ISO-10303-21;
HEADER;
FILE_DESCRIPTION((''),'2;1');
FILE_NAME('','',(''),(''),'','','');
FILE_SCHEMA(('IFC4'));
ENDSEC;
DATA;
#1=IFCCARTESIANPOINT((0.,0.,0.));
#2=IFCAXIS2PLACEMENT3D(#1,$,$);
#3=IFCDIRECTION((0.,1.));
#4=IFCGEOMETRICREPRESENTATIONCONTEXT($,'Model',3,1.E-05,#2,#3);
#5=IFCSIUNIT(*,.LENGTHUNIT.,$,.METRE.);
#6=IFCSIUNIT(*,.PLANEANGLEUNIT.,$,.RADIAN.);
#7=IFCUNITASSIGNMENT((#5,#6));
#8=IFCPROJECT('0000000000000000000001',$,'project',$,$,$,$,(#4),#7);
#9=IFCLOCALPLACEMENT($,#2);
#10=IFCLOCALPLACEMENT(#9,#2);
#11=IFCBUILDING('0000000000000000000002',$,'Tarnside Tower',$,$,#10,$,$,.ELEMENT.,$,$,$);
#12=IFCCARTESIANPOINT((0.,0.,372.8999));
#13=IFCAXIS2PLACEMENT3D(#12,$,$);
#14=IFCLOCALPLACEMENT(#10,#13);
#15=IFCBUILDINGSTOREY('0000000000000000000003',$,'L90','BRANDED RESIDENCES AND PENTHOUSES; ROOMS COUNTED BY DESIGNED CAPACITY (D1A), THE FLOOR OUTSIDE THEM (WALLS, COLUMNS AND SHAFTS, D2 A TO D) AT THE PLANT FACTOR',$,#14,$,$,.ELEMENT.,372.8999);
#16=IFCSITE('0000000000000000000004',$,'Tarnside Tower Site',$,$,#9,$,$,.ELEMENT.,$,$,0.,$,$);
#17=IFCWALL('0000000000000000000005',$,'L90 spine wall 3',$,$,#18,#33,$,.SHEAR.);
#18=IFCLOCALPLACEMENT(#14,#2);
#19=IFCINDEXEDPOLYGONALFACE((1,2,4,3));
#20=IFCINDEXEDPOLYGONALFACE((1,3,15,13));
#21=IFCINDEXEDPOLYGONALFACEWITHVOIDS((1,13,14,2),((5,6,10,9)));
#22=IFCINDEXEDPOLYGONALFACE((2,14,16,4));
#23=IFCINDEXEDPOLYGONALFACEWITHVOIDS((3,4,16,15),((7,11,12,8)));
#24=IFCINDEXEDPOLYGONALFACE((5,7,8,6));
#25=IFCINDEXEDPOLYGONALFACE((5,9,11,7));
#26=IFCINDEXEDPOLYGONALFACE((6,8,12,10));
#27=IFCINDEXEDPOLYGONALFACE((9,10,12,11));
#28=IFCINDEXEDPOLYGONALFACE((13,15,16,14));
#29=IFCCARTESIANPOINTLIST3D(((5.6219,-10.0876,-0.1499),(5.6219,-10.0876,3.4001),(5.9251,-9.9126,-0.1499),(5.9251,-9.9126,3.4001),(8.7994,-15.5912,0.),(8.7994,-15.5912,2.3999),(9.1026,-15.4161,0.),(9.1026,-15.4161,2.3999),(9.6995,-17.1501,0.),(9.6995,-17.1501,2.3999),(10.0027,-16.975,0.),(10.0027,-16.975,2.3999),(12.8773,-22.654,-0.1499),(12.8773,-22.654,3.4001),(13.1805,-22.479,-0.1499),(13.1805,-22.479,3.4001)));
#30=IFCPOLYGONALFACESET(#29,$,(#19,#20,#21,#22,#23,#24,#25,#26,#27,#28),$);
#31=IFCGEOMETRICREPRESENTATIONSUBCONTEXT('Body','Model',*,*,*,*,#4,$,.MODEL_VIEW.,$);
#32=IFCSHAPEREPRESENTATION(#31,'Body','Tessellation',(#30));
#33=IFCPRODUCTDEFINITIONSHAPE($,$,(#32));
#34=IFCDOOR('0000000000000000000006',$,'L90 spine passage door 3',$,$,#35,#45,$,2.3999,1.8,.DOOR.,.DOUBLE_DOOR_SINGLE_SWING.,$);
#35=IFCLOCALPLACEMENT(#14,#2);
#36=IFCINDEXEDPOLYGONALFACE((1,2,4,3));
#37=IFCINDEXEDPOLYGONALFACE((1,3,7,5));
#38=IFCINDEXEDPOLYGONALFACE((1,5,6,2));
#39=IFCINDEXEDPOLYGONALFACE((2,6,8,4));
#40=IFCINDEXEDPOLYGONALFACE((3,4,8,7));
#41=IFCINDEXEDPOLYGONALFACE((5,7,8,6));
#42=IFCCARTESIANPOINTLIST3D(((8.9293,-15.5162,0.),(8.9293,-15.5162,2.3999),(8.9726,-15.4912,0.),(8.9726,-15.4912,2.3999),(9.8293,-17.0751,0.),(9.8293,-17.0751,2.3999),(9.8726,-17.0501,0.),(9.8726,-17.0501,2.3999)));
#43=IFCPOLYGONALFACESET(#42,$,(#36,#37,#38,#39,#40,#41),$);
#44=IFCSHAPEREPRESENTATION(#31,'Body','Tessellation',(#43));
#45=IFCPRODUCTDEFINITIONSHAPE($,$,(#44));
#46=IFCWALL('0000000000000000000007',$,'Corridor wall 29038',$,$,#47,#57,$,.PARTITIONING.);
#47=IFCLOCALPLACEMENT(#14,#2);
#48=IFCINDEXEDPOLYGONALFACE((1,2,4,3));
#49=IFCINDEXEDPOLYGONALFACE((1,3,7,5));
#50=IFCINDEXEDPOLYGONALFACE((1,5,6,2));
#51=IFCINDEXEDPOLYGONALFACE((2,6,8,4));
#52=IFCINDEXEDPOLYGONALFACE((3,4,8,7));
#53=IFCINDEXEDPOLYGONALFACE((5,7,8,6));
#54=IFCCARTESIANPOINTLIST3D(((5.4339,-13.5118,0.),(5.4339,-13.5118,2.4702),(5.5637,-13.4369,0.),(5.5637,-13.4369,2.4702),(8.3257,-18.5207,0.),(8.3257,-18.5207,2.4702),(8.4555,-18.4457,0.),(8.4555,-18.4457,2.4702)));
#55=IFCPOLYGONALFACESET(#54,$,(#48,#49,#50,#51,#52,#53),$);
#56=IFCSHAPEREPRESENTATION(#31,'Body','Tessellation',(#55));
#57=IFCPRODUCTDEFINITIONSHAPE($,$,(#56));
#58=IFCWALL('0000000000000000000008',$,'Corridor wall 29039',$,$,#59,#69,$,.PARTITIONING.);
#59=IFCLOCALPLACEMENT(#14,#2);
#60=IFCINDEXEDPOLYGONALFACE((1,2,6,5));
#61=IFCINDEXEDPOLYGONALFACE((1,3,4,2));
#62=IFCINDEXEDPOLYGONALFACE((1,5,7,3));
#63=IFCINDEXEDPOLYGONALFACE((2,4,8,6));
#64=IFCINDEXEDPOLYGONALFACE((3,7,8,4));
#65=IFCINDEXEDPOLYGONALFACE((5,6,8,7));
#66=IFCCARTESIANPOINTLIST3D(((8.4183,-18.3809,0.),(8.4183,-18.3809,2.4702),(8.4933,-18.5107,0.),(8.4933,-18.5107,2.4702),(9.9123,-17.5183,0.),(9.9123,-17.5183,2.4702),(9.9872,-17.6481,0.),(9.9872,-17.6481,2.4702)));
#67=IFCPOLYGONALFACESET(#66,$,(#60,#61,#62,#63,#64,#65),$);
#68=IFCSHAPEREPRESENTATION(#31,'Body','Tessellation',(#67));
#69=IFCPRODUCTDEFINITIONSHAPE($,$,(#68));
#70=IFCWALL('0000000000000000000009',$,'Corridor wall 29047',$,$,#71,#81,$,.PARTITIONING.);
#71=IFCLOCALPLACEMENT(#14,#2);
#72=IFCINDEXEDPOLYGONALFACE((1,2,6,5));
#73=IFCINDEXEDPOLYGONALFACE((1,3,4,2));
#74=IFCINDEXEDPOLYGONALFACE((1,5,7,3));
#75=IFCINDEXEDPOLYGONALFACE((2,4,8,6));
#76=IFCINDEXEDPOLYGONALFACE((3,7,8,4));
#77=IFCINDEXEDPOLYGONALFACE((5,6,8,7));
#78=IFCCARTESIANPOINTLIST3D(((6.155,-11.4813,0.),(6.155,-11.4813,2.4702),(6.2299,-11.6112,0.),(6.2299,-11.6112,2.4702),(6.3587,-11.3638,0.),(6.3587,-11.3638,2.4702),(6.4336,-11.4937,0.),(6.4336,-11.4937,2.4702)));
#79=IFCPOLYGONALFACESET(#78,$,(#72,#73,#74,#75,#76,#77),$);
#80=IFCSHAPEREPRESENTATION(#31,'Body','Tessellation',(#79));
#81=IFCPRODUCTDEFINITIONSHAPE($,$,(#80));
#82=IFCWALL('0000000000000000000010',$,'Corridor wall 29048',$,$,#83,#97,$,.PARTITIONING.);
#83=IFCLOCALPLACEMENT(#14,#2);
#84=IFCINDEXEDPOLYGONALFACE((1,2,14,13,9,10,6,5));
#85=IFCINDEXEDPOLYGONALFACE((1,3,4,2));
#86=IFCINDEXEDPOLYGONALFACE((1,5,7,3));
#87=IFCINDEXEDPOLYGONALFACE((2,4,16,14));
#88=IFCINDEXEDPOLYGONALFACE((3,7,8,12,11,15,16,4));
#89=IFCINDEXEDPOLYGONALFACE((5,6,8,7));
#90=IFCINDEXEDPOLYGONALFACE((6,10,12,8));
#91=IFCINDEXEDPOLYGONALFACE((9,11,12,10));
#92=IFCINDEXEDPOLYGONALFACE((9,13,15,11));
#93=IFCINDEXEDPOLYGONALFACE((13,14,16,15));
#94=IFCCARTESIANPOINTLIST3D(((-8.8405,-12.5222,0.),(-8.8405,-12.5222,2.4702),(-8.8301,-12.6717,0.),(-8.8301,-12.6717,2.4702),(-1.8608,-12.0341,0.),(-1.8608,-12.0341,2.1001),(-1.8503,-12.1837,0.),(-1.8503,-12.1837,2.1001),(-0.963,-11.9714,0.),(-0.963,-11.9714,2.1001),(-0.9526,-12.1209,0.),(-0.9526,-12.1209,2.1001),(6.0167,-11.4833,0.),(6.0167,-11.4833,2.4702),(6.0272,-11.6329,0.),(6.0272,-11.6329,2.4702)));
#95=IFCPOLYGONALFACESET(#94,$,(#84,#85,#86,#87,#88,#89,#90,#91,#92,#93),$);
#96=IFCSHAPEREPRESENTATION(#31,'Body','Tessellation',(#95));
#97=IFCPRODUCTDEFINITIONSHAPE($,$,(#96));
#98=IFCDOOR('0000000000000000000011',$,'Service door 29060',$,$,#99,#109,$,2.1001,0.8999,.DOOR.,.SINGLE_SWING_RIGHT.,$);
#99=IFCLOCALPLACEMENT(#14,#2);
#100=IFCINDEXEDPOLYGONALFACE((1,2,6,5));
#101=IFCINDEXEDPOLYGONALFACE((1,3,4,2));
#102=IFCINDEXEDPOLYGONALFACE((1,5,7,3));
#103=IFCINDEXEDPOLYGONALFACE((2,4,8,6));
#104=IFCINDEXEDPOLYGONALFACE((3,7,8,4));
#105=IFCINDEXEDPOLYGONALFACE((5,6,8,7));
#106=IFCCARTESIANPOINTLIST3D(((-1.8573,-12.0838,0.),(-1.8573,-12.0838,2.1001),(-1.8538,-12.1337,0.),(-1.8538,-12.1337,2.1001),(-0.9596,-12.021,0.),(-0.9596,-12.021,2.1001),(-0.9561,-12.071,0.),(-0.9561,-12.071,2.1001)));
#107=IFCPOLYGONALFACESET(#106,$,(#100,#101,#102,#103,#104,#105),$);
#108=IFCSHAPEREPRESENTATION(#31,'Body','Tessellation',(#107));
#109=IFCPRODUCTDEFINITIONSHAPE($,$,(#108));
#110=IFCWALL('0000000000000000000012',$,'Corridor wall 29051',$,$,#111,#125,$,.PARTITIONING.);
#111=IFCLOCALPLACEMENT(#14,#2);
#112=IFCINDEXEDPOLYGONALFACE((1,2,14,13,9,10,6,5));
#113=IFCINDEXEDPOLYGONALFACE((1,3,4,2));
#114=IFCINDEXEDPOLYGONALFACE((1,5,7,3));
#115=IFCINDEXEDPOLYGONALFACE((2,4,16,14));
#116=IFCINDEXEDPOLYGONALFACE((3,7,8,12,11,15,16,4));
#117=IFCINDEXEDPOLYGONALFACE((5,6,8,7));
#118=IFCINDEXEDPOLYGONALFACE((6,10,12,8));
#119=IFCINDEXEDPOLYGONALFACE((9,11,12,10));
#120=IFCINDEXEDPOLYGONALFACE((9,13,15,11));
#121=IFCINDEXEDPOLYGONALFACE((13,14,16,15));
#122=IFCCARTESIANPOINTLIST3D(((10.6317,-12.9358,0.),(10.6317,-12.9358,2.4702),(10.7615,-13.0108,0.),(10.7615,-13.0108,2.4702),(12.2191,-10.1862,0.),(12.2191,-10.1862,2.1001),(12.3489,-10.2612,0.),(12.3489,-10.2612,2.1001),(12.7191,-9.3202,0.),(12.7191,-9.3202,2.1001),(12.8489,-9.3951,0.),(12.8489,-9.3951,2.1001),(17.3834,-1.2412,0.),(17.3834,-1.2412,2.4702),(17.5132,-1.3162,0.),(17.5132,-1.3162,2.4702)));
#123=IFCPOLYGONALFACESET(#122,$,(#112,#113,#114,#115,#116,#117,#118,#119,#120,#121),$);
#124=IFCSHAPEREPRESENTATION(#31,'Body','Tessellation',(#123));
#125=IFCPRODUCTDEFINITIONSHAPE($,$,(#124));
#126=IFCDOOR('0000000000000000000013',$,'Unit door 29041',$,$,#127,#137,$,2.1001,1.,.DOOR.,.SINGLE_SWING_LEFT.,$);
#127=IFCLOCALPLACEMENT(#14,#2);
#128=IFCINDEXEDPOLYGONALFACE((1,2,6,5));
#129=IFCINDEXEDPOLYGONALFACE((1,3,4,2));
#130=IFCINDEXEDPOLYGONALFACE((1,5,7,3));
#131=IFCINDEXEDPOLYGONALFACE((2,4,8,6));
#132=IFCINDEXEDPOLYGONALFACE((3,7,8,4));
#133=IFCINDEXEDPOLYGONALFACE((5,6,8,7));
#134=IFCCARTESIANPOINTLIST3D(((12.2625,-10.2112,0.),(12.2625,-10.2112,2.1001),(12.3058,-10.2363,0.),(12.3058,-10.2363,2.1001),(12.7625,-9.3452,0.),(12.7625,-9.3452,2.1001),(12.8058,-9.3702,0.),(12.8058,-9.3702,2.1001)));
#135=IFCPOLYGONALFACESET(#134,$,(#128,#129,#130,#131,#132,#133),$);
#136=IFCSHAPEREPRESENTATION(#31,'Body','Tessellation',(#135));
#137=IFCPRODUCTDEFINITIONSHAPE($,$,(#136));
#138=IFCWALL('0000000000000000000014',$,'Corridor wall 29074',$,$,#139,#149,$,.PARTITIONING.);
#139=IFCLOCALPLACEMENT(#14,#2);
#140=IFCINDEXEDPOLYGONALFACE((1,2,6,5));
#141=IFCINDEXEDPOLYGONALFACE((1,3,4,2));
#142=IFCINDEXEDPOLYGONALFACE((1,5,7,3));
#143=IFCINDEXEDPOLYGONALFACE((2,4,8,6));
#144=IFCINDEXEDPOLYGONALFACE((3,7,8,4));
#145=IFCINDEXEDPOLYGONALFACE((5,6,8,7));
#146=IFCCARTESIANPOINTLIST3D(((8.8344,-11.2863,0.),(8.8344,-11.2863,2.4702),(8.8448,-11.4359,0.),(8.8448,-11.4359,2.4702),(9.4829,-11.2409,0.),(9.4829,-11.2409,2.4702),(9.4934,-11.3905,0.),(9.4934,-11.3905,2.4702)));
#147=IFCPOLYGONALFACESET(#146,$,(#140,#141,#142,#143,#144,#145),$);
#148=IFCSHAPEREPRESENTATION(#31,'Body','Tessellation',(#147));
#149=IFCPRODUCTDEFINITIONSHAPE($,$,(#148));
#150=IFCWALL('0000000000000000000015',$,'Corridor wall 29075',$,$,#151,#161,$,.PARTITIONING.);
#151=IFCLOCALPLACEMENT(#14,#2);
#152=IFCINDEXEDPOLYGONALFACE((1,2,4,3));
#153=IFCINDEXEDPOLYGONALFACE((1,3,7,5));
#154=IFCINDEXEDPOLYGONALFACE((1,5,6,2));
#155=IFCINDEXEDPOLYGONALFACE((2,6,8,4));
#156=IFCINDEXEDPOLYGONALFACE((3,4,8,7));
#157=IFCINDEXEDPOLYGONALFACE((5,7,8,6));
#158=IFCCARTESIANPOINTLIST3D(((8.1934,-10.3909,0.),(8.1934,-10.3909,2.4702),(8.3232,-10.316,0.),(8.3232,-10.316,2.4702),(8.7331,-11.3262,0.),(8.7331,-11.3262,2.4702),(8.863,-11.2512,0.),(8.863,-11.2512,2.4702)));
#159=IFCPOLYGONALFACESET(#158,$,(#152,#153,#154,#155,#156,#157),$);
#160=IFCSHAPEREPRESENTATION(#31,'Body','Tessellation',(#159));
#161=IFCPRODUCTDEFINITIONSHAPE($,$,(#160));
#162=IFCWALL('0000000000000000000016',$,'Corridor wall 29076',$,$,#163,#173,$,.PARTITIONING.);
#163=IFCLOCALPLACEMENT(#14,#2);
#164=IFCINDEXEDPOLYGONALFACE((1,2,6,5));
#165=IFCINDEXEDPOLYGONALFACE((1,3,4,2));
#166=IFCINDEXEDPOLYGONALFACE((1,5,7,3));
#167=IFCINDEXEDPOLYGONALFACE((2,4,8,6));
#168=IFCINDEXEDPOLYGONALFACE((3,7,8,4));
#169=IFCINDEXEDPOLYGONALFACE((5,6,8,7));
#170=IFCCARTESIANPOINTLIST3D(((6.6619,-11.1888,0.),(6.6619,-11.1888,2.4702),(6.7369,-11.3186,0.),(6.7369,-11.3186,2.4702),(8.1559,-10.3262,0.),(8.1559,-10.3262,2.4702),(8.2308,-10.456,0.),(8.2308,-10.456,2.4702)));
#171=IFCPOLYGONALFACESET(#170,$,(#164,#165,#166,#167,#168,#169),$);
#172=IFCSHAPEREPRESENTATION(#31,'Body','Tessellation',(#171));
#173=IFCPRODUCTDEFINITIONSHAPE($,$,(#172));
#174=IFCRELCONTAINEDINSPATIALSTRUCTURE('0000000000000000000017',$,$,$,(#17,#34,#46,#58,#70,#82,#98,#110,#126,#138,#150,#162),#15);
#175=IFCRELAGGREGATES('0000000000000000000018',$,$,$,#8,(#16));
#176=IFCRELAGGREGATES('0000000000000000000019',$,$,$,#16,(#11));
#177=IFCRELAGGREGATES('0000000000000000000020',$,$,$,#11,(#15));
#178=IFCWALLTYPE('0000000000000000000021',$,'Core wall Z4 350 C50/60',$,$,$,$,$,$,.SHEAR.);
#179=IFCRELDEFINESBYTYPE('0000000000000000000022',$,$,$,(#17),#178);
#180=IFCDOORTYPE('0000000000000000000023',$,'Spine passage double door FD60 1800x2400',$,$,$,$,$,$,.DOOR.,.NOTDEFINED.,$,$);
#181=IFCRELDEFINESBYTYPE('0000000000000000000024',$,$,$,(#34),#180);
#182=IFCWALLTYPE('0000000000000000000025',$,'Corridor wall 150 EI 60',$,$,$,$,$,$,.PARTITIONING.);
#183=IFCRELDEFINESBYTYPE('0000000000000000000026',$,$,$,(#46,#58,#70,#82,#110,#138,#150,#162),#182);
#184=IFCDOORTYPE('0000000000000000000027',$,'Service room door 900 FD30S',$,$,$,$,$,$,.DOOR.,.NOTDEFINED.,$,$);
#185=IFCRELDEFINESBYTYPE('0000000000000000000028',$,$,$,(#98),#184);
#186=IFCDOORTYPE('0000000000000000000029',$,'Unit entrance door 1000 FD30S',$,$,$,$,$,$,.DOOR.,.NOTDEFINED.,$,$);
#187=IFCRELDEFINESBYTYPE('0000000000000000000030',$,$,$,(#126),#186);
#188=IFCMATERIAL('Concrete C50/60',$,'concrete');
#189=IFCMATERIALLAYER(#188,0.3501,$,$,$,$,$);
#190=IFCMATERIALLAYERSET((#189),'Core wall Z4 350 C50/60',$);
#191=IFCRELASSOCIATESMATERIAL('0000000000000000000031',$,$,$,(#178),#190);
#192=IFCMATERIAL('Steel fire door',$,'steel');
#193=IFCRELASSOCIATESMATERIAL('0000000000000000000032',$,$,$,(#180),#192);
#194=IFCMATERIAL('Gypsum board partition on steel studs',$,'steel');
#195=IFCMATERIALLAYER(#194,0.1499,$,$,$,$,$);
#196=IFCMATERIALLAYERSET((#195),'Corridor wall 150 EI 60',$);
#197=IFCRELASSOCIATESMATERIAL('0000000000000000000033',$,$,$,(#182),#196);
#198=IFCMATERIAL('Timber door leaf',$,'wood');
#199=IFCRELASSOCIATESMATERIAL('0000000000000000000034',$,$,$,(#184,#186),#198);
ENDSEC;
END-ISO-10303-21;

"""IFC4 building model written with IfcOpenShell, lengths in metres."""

from ifc_helpers import new_model, si_unit, direction, frame, frame_2d, origin, place, context, subcontext, project, spatial, rectangle, extrude, material, layer, layer_set, type_object, element, fill, save


model = new_model("IFC4")

# Units and contexts
model_context = context("Model", 3, precision=1e-05, world=origin(), true_north=direction((0.0, 1.0)))
body_context = subcontext(model_context, "Body", "Model", "MODEL_VIEW")
ifc_project = project(units=[si_unit("LENGTHUNIT", "METRE"), si_unit("PLANEANGLEUNIT", "RADIAN")], contexts=[model_context])

# Site, building, storey
site_placement = place(None, origin())
site = spatial("IfcSite", under=ifc_project, at=site_placement, Name="Tarnside Tower Site", CompositionType="ELEMENT", RefElevation=0.0)
building_placement = place(site_placement, origin())
building = spatial("IfcBuilding", under=site, at=building_placement, Name="Tarnside Tower", CompositionType="ELEMENT")
storey_placement = place(building_placement, frame((0.0, 0.0, 372.8999)))
storey = spatial("IfcBuildingStorey", under=building, at=storey_placement, Name="L90", Description="BRANDED RESIDENCES AND PENTHOUSES; ROOMS COUNTED BY DESIGNED CAPACITY (D1A), THE FLOOR OUTSIDE THEM (WALLS, COLUMNS AND SHAFTS, D2 A TO D) AT THE PLANT FACTOR", CompositionType="ELEMENT", Elevation=372.8999)

# Wall, opening, door
ifc_material_1 = material(Name="Concrete C50/60", Category="concrete")
ifc_layer_1 = layer(ifc_material_1, 0.3501)
ifc_layer_set_1 = layer_set([ifc_layer_1], Name="Core wall Z4 350 C50/60")
wall_type_1 = type_object("IfcWallType", Name="Core wall Z4 350 C50/60", PredefinedType="SHEAR", material=ifc_layer_set_1)
ifc_material_2 = material(Name="Steel fire door", Category="steel")
wall_1_placement = place(storey_placement, frame((5.7734, -10.0, -0.1499), z_axis=(0.0, 0.0, 1.0), x_axis=(0.500008, -0.866021, 0.0)))
wall_1 = element("IfcWall", 1, at=wall_1_placement, inside=storey, type_object=wall_type_1, Name="L90 spine wall 3", PredefinedType="SHEAR", context=body_context, shape_type="SweptSolid", body=[
    extrude(rectangle(XDim=14.5105, YDim=0.3501, at=frame_2d((7.2554, 0.0))), origin(), (0.0, 0.0, 1.0), 3.55),
])
opening_1_placement = place(wall_1_placement, frame((6.3552, 0.0, 0.1499)))
opening_1 = element("IfcOpeningElement", 2, at=opening_1_placement, cuts=wall_1, PredefinedType="OPENING", context=body_context, shape_type="SweptSolid", body=[
    extrude(rectangle(XDim=1.8, YDim=2.3999, at=frame_2d((0.8999, 1.2))), frame((0.0, 0.1851, 0.0), z_axis=(0.0, -1.0, 0.0), x_axis=(1.0, 0.0, 0.0)), (0.0, 0.0, 1.0), 0.3701),
])
door_type_1 = type_object("IfcDoorType", Name="Spine passage double door FD60 1800x2400", OperationType="NOTDEFINED", PredefinedType="DOOR", material=ifc_material_2)
door_1_placement = place(opening_1_placement, origin())
door_1 = element("IfcDoor", 3, at=door_1_placement, inside=storey, type_object=door_type_1, Name="L90 spine passage door 3", OperationType="DOUBLE_DOOR_SINGLE_SWING", OverallHeight=2.3999, OverallWidth=1.8, PredefinedType="DOOR", context=body_context, shape_type="SweptSolid", body=[
    extrude(rectangle(XDim=1.8, YDim=2.3999, at=frame_2d((0.8999, 1.2))), frame((0.0, 0.0249, 0.0), z_axis=(0.0, -1.0, 0.0), x_axis=(1.0, 0.0, 0.0)), (0.0, 0.0, 1.0), 0.05),
])
fill(opening_1, door_1)

# Walls
ifc_material_3 = material(Name="Gypsum board partition on steel studs", Category="steel")
ifc_layer_2 = layer(ifc_material_3, 0.1499)
ifc_layer_set_2 = layer_set([ifc_layer_2], Name="Corridor wall 150 EI 60")
wall_type_2 = type_object("IfcWallType", Name="Corridor wall 150 EI 60", PredefinedType="PARTITIONING", material=ifc_layer_set_2)
wall_2_placement = place(storey_placement, frame((5.4988, -13.4744, 0.0), z_axis=(0.0, 0.0, 1.0), x_axis=(0.500003, -0.866024, 0.0)))
element("IfcWall", 4, at=wall_2_placement, inside=storey, type_object=wall_type_2, Name="Corridor wall 29038", PredefinedType="PARTITIONING", context=body_context, shape_type="SweptSolid", body=[
    extrude(rectangle(XDim=5.7837, YDim=0.1499, at=frame_2d((2.8918, 0.0))), origin(), (0.0, 0.0, 1.0), 2.4702),
])
wall_3_placement = place(storey_placement, frame((8.4558, -18.4458, 0.0), z_axis=(0.0, 0.0, 1.0), x_axis=(0.866014, 0.500021, 0.0)))
element("IfcWall", 5, at=wall_3_placement, inside=storey, type_object=wall_type_2, Name="Corridor wall 29039", PredefinedType="PARTITIONING", context=body_context, shape_type="SweptSolid", body=[
    extrude(rectangle(XDim=1.7251, YDim=0.1499, at=frame_2d((0.8625, 0.0))), origin(), (0.0, 0.0, 1.0), 2.4702),
])
wall_4_placement = place(storey_placement, frame((6.3962, -11.4287, 0.0), z_axis=(0.0, 0.0, 1.0), x_axis=(-0.866255, -0.499603, 0.0)))
element("IfcWall", 6, at=wall_4_placement, inside=storey, type_object=wall_type_2, Name="Corridor wall 29047", PredefinedType="PARTITIONING", context=body_context, shape_type="SweptSolid", body=[
    extrude(rectangle(XDim=0.2351, YDim=0.1499, at=frame_2d((0.1177, 0.0))), origin(), (0.0, 0.0, 1.0), 2.4702),
])

# Walls, openings, doors
wall_5_placement = place(storey_placement, frame((6.022, -11.5581, 0.0), z_axis=(0.0, 0.0, 1.0), x_axis=(-0.997565, -0.06975, 0.0)))
wall_5 = element("IfcWall", 7, at=wall_5_placement, inside=storey, type_object=wall_type_2, Name="Corridor wall 29048", PredefinedType="PARTITIONING", context=body_context, shape_type="SweptSolid", body=[
    extrude(rectangle(XDim=14.8936, YDim=0.1499, at=frame_2d((7.4468, 0.0))), origin(), (0.0, 0.0, 1.0), 2.4702),
])
opening_2_placement = place(wall_5_placement, frame((6.9968, 0.0, 0.0)))
opening_2 = element("IfcOpeningElement", 8, at=opening_2_placement, cuts=wall_5, PredefinedType="OPENING", context=body_context, shape_type="SweptSolid", body=[
    extrude(rectangle(XDim=0.8999, YDim=2.1001, at=frame_2d((0.45, 1.05))), frame((0.0, 0.085, 0.0), z_axis=(0.0, -1.0, 0.0), x_axis=(1.0, 0.0, 0.0)), (0.0, 0.0, 1.0), 0.1699),
])
ifc_material_4 = material(Name="Timber door leaf", Category="wood")
door_type_2 = type_object("IfcDoorType", Name="Service room door 900 FD30S", OperationType="NOTDEFINED", PredefinedType="DOOR", material=ifc_material_4)
door_2_placement = place(opening_2_placement, origin())
door_2 = element("IfcDoor", 9, at=door_2_placement, inside=storey, type_object=door_type_2, Name="Service door 29060", OperationType="SINGLE_SWING_RIGHT", OverallHeight=2.1001, OverallWidth=0.8999, PredefinedType="DOOR", context=body_context, shape_type="SweptSolid", body=[
    extrude(rectangle(XDim=0.8999, YDim=2.1001, at=frame_2d((0.45, 1.05))), frame((0.0, 0.0249, 0.0), z_axis=(0.0, -1.0, 0.0), x_axis=(1.0, 0.0, 0.0)), (0.0, 0.0, 1.0), 0.05),
])
fill(opening_2, door_2)
wall_6_placement = place(storey_placement, frame((10.6965, -12.9734, 0.0), z_axis=(0.0, 0.0, 1.0), x_axis=(0.499991, 0.866031, 0.0)))
wall_6 = element("IfcWall", 10, at=wall_6_placement, inside=storey, type_object=wall_type_2, Name="Corridor wall 29051", PredefinedType="PARTITIONING", context=body_context, shape_type="SweptSolid", body=[
    extrude(rectangle(XDim=13.5037, YDim=0.1499, at=frame_2d((6.752, 0.0))), origin(), (0.0, 0.0, 1.0), 2.4702),
])
opening_3_placement = place(wall_6_placement, frame((3.175, 0.0, 0.0)))
opening_3 = element("IfcOpeningElement", 11, at=opening_3_placement, cuts=wall_6, PredefinedType="OPENING", context=body_context, shape_type="SweptSolid", body=[
    extrude(rectangle(XDim=1.0, YDim=2.1001, at=frame_2d((0.5, 1.05))), frame((0.0, 0.085, 0.0), z_axis=(0.0, -1.0, 0.0), x_axis=(1.0, 0.0, 0.0)), (0.0, 0.0, 1.0), 0.1699),
])
door_type_3 = type_object("IfcDoorType", Name="Unit entrance door 1000 FD30S", OperationType="NOTDEFINED", PredefinedType="DOOR", material=ifc_material_4)
door_3_placement = place(opening_3_placement, origin())
door_3 = element("IfcDoor", 12, at=door_3_placement, inside=storey, type_object=door_type_3, Name="Unit door 29041", OperationType="SINGLE_SWING_LEFT", OverallHeight=2.1001, OverallWidth=1.0, PredefinedType="DOOR", context=body_context, shape_type="SweptSolid", body=[
    extrude(rectangle(XDim=1.0, YDim=2.1001, at=frame_2d((0.5, 1.05))), frame((0.0, 0.0249, 0.0), z_axis=(0.0, -1.0, 0.0), x_axis=(1.0, 0.0, 0.0)), (0.0, 0.0, 1.0), 0.05),
])
fill(opening_3, door_3)

# Walls
wall_7_placement = place(storey_placement, frame((9.4883, -11.3157, 0.0), z_axis=(0.0, 0.0, 1.0), x_axis=(-0.997557, -0.069859, 0.0)))
element("IfcWall", 13, at=wall_7_placement, inside=storey, type_object=wall_type_2, Name="Corridor wall 29074", PredefinedType="PARTITIONING", context=body_context, shape_type="SweptSolid", body=[
    extrude(rectangle(XDim=0.6501, YDim=0.1499, at=frame_2d((0.3252, 0.0))), origin(), (0.0, 0.0, 1.0), 2.4702),
])
wall_8_placement = place(storey_placement, frame((8.7981, -11.2888, 0.0), z_axis=(0.0, 0.0, 1.0), x_axis=(-0.499859, 0.866107, 0.0)))
element("IfcWall", 14, at=wall_8_placement, inside=storey, type_object=wall_type_2, Name="Corridor wall 29075", PredefinedType="PARTITIONING", context=body_context, shape_type="SweptSolid", body=[
    extrude(rectangle(XDim=1.0798, YDim=0.1499, at=frame_2d((0.54, 0.0))), origin(), (0.0, 0.0, 1.0), 2.4702),
])
wall_9_placement = place(storey_placement, frame((8.1934, -10.3911, 0.0), z_axis=(0.0, 0.0, 1.0), x_axis=(-0.866014, -0.500021, 0.0)))
element("IfcWall", 15, at=wall_9_placement, inside=storey, type_object=wall_type_2, Name="Corridor wall 29076", PredefinedType="PARTITIONING", context=body_context, shape_type="SweptSolid", body=[
    extrude(rectangle(XDim=1.7251, YDim=0.1499, at=frame_2d((0.8625, 0.0))), origin(), (0.0, 0.0, 1.0), 2.4702),
])

save(model, "model.ifc")
